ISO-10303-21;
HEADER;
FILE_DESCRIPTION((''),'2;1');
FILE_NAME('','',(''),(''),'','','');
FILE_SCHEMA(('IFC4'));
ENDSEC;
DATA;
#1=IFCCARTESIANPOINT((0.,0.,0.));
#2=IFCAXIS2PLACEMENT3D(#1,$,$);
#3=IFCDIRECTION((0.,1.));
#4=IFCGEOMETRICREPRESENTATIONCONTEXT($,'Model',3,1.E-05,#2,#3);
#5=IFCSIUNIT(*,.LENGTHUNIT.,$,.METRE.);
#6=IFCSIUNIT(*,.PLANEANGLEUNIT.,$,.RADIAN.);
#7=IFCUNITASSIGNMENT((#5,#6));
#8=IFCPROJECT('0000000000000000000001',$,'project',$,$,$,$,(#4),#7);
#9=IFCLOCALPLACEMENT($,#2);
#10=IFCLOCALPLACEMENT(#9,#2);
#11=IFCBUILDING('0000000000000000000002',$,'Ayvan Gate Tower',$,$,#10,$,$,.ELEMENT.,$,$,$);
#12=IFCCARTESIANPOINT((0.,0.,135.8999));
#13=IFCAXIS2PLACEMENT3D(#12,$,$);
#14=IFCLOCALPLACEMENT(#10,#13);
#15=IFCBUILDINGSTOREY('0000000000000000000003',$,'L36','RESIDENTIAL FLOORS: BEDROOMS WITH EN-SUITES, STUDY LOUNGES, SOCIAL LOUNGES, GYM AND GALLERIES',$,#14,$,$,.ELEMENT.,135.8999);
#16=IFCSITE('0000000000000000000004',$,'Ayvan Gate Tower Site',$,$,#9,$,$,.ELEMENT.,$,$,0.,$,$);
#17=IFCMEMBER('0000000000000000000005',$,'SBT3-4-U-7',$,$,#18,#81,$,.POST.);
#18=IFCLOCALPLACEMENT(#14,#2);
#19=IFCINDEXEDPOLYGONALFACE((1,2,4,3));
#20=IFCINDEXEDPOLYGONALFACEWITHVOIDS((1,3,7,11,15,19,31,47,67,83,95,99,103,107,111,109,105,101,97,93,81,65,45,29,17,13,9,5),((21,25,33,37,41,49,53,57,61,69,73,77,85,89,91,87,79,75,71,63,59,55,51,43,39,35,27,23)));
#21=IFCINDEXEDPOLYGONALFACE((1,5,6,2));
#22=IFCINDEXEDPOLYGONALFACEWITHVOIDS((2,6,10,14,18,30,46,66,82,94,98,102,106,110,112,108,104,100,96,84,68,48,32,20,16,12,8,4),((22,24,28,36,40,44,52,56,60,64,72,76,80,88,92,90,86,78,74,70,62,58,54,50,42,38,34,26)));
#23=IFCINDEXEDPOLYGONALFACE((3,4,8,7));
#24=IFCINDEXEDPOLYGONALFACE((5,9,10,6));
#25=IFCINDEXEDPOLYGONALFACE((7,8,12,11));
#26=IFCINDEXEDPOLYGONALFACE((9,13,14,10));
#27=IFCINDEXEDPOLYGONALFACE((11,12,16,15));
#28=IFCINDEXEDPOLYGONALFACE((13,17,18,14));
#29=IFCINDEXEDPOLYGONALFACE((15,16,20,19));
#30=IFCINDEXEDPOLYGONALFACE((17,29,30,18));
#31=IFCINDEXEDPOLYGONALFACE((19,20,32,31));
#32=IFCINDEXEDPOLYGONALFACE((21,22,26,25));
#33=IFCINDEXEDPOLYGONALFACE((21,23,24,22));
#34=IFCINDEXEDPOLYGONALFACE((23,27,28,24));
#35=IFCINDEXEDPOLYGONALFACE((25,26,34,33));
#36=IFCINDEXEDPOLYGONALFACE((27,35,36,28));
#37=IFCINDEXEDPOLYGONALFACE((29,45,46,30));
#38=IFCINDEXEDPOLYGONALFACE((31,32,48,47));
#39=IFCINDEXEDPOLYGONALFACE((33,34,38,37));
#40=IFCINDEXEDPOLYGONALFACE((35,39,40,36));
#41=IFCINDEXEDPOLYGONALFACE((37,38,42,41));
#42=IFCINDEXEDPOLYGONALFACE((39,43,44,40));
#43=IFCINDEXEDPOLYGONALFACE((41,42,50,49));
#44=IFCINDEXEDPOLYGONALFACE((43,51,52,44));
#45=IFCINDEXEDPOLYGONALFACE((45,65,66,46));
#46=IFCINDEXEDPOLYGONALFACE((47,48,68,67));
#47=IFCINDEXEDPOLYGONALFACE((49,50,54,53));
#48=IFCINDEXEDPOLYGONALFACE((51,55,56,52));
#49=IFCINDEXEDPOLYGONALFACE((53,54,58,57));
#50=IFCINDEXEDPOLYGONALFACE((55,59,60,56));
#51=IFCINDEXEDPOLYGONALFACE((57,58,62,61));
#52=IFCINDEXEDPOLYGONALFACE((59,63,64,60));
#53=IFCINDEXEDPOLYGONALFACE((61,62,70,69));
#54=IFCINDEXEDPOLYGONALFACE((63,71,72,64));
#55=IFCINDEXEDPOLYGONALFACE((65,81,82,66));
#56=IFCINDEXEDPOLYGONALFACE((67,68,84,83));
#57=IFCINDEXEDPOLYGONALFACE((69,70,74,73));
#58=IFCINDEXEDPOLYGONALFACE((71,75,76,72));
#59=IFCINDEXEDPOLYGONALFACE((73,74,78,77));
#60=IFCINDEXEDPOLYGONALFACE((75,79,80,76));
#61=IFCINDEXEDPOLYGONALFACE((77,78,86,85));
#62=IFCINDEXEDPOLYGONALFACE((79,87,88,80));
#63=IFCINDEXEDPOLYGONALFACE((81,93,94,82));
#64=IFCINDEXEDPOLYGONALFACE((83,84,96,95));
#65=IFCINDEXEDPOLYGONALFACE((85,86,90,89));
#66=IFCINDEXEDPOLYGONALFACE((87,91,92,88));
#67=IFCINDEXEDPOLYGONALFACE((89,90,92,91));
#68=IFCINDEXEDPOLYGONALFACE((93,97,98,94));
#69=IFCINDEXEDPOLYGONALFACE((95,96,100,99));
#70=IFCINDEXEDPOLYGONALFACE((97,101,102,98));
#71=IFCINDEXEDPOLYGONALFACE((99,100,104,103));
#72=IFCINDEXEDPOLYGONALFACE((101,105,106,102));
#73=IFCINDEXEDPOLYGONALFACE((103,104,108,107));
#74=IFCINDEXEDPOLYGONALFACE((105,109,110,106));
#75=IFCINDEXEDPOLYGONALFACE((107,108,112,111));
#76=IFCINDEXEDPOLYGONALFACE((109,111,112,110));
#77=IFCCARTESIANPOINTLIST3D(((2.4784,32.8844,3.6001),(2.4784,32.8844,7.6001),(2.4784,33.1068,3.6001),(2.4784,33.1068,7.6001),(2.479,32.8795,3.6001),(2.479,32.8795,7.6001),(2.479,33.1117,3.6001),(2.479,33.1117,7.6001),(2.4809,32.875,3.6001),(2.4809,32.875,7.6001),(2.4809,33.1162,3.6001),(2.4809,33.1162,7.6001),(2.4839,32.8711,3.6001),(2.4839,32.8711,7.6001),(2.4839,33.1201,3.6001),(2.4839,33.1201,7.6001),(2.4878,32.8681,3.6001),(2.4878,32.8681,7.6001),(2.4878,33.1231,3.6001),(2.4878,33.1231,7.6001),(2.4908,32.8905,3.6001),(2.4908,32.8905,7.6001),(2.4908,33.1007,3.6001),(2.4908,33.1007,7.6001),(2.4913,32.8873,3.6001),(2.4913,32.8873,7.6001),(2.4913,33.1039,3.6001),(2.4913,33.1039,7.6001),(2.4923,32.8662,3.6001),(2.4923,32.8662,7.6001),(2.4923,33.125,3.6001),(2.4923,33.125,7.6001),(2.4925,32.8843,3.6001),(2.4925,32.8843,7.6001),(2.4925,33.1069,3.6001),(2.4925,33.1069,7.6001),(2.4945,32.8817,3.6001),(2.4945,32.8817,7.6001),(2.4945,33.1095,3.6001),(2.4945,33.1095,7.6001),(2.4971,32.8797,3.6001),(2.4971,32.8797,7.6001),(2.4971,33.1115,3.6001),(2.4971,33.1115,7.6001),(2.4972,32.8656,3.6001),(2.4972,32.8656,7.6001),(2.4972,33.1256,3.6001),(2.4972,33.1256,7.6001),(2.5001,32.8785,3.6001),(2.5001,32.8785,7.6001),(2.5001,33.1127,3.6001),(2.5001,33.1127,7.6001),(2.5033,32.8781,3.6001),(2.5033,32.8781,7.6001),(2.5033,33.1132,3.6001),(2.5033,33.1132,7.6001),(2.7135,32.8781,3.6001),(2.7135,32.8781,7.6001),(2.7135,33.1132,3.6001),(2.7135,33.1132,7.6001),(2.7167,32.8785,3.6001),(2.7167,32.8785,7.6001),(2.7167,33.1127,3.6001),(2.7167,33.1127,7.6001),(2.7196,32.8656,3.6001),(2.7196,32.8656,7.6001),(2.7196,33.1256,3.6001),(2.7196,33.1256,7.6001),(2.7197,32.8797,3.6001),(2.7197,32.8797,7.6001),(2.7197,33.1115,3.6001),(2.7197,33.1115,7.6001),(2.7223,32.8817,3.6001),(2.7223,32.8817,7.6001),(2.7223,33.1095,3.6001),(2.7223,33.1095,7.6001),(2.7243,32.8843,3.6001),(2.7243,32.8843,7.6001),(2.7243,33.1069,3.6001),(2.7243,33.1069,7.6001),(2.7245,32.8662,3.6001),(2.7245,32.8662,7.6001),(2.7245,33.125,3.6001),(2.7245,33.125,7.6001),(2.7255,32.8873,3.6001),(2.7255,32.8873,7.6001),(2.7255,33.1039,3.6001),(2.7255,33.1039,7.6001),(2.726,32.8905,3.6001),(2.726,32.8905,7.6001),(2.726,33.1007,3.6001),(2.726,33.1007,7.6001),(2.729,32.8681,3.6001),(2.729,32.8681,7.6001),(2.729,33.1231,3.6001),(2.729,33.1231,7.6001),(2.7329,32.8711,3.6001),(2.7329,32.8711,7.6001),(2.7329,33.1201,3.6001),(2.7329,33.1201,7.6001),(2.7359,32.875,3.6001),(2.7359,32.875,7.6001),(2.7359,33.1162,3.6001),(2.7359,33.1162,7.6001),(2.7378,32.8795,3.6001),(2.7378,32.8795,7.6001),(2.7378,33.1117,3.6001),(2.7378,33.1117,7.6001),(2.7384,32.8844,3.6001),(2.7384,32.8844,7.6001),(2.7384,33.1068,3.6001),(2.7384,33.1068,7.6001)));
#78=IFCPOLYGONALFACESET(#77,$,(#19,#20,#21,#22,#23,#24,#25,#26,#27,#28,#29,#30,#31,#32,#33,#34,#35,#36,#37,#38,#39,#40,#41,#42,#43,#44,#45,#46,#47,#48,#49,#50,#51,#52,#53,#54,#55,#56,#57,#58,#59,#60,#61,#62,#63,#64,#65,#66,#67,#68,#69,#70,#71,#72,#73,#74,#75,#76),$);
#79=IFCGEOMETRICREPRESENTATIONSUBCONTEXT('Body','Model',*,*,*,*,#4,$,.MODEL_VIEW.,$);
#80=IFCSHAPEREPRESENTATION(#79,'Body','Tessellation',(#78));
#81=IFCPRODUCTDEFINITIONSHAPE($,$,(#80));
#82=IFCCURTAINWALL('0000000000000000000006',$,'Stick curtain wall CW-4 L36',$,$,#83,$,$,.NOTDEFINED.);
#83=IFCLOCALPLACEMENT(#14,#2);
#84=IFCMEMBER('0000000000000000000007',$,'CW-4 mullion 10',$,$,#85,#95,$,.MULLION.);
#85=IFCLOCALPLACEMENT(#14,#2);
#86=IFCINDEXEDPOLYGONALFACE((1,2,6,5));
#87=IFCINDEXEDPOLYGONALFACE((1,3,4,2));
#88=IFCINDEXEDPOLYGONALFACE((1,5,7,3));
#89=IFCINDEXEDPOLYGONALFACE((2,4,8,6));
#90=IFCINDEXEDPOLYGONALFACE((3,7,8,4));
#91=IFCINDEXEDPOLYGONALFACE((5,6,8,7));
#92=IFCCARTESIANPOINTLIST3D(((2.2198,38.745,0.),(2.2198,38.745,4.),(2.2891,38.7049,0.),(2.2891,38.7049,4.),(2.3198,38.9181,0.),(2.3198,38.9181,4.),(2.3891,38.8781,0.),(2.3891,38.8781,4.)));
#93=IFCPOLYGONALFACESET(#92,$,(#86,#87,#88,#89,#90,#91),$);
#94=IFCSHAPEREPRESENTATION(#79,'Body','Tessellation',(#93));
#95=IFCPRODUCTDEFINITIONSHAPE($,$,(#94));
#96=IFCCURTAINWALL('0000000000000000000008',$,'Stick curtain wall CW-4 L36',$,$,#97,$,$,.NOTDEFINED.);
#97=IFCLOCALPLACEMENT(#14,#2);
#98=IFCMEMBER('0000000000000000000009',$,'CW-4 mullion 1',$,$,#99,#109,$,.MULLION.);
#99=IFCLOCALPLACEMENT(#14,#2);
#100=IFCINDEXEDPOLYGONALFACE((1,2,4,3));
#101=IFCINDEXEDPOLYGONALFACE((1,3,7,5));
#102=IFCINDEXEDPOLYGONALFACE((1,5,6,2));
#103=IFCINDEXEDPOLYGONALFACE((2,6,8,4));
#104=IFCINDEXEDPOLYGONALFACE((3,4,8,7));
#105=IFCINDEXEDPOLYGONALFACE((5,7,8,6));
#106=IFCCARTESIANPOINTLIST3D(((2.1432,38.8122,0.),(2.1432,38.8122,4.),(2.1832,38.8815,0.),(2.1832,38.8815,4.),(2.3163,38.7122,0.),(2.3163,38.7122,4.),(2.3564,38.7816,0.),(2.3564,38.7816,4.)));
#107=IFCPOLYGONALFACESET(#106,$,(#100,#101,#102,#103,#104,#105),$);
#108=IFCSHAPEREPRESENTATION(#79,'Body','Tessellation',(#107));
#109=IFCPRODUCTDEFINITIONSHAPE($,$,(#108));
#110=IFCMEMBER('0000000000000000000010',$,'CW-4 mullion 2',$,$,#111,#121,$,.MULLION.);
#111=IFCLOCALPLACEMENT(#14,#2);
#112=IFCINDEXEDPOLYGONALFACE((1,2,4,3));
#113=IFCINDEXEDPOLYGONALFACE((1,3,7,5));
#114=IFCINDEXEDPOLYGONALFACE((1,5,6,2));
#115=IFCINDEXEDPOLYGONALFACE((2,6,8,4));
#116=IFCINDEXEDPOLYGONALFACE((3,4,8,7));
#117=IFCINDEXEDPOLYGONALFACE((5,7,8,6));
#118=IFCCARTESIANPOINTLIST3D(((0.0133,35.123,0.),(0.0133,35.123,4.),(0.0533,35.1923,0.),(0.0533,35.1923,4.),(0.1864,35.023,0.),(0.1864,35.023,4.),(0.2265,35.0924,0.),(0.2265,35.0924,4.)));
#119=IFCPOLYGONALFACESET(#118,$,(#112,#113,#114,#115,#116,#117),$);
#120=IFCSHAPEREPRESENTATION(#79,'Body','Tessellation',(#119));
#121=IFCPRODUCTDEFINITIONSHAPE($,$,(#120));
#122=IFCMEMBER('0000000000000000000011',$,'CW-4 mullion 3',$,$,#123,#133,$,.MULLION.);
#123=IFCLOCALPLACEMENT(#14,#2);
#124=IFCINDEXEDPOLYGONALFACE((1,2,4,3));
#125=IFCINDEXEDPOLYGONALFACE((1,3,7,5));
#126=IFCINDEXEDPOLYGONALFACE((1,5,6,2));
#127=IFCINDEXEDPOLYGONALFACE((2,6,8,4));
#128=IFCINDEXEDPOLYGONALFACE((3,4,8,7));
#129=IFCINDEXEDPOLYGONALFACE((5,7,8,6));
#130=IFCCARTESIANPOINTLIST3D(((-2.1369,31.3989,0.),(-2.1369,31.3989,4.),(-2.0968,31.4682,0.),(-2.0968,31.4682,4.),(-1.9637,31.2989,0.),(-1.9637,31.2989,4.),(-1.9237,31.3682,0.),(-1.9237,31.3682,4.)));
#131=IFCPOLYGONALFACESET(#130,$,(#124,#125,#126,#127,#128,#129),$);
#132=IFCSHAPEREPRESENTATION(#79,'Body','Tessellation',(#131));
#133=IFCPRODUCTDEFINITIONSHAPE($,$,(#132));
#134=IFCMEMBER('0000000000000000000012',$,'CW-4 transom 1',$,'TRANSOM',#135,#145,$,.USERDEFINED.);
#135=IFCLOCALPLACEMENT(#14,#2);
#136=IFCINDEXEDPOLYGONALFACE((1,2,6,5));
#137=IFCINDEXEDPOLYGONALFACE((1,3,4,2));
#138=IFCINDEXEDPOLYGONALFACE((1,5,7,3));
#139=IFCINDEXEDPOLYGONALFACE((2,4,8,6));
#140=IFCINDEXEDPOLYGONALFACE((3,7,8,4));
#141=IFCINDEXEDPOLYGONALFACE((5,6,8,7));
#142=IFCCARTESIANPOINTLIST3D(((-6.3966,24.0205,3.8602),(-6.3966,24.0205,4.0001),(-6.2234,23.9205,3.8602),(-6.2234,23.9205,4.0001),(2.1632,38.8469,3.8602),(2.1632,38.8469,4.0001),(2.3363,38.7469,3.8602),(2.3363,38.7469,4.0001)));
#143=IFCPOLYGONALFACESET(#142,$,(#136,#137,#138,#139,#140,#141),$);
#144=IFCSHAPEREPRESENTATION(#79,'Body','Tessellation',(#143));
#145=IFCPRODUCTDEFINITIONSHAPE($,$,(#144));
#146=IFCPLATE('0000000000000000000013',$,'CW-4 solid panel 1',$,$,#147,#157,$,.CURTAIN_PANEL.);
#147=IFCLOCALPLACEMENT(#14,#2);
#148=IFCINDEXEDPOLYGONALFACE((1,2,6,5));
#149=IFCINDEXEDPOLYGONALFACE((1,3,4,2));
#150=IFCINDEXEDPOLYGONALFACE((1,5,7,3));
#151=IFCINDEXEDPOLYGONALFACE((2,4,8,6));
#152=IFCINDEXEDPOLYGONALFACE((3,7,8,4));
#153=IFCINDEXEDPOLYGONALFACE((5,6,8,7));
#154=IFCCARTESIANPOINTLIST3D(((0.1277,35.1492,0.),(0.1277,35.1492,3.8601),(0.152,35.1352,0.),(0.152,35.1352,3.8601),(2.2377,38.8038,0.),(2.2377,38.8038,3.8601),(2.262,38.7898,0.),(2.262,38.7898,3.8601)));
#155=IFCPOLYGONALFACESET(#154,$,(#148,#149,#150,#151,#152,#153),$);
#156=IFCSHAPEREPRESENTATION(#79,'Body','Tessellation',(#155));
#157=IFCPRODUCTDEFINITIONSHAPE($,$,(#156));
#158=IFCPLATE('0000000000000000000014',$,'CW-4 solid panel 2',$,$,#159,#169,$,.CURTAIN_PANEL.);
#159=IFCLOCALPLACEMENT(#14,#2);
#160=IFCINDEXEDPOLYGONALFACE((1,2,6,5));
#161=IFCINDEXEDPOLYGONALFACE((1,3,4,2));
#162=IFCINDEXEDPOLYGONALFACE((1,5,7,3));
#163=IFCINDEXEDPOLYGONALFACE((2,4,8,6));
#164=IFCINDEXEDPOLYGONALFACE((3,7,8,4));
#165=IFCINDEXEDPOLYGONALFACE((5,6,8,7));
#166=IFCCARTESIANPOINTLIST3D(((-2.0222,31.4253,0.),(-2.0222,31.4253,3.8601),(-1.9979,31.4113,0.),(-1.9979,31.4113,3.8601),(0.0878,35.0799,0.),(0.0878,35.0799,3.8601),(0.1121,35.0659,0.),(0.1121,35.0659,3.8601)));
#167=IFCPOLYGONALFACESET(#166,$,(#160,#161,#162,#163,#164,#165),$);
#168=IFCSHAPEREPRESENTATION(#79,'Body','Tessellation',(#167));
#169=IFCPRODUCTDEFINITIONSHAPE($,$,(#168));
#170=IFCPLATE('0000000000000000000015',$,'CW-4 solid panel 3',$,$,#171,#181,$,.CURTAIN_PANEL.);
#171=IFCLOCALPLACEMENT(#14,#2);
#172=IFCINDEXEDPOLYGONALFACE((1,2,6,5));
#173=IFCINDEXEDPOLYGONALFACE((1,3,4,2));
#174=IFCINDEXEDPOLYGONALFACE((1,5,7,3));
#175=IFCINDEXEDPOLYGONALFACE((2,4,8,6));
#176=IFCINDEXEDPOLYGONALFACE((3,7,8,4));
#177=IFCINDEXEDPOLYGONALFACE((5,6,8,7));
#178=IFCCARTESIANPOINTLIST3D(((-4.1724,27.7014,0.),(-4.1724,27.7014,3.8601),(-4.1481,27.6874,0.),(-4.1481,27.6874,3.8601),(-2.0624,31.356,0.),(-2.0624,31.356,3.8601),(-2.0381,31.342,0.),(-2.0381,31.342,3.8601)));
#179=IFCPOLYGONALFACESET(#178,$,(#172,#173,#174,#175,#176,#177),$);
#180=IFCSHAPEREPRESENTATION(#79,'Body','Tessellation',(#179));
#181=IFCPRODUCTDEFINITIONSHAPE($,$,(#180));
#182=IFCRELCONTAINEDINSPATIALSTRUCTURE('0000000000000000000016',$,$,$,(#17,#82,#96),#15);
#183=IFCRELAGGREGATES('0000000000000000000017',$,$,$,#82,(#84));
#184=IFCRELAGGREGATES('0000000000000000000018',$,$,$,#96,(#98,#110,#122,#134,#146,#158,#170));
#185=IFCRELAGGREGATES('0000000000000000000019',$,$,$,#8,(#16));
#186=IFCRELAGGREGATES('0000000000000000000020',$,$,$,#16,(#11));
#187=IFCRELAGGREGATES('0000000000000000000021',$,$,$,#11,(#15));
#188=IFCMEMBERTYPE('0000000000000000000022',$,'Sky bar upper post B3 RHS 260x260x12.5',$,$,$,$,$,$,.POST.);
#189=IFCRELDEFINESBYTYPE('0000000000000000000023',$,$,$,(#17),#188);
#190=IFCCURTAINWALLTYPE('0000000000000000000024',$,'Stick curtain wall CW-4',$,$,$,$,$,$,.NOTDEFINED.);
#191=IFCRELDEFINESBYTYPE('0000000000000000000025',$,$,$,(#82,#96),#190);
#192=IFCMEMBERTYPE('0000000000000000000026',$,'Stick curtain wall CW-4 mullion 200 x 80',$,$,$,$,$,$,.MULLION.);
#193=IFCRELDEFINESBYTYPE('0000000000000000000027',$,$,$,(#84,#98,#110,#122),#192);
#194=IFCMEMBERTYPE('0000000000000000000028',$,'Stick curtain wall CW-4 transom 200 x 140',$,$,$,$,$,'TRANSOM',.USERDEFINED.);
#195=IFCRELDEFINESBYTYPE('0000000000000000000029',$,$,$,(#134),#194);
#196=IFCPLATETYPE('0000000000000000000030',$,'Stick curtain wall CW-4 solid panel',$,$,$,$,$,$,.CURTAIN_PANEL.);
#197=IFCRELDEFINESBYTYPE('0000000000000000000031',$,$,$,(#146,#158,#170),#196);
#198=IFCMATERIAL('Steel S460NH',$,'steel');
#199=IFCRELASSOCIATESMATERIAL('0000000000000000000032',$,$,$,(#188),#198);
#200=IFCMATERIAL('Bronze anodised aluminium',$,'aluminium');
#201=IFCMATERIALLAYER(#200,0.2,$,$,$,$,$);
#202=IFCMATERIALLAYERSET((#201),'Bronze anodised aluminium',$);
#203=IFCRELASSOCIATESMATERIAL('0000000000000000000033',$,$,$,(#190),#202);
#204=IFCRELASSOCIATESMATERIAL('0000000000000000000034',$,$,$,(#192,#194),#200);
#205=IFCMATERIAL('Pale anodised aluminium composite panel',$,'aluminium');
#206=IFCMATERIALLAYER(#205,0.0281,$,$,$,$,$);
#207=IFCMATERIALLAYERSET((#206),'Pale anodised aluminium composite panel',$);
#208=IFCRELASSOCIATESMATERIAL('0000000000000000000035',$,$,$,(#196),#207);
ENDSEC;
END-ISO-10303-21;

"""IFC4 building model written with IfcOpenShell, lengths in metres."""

from ifc_helpers import new_model, si_unit, direction, frame, origin, origin_2d, place, context, subcontext, project, spatial, rectangle, hollow_rectangle, extrude, material, layer, layer_set, material_profile, profile_set, type_object, element, aggregate, save


model = new_model("IFC4")

# Units and contexts
model_context = context("Model", 3, precision=1e-05, world=origin(), true_north=direction((0.0, 1.0)))
body_context = subcontext(model_context, "Body", "Model", "MODEL_VIEW")
ifc_project = project(units=[si_unit("LENGTHUNIT", "METRE"), si_unit("PLANEANGLEUNIT", "RADIAN")], contexts=[model_context])

# Site, building, storey
site_placement = place(None, origin())
site = spatial("IfcSite", under=ifc_project, at=site_placement, Name="Ayvan Gate Tower Site", CompositionType="ELEMENT", RefElevation=0.0)
building_placement = place(site_placement, origin())
building = spatial("IfcBuilding", under=site, at=building_placement, Name="Ayvan Gate Tower", CompositionType="ELEMENT")
storey_placement = place(building_placement, frame((0.0, 0.0, 135.8999)))
storey = spatial("IfcBuildingStorey", under=building, at=storey_placement, Name="L36", Description="RESIDENTIAL FLOORS: BEDROOMS WITH EN-SUITES, STUDY LOUNGES, SOCIAL LOUNGES, GYM AND GALLERIES", CompositionType="ELEMENT", Elevation=135.8999)

# Shared definitions
ifc_material_1 = material(Name="Steel S460NH", Category="steel")

# Member
ifc_material_profile_1 = material_profile(ifc_material_1, hollow_rectangle(XDim=0.26, YDim=0.26, WallThickness=0.0125, InnerFilletRadius=0.0125, OuterFilletRadius=0.0188, at=origin_2d()), Name="RHS 260x260x12.5")
ifc_profile_set_1 = profile_set([ifc_material_profile_1], Name="Steel S460NH")
member_type_1 = type_object("IfcMemberType", Name="Sky bar upper post B3 RHS 260x260x12.5", PredefinedType="POST", material=ifc_profile_set_1)
for number, where, z_axis, x_axis, name in (
    (1, (2.6084, 32.9956, 3.6001), (0.0, 0.0, 1.0), (1.0, 0.0, 0.0), "SBT3-4-U-7"),
):
    element("IfcMember", number, at=place(storey_placement, frame(where, z_axis=z_axis, x_axis=x_axis)), inside=storey, type_object=member_type_1, Name=name, PredefinedType="POST", context=body_context, shape_type="SweptSolid", body=[
        extrude(hollow_rectangle(XDim=0.26, YDim=0.26, WallThickness=0.0125, InnerFilletRadius=0.0125, OuterFilletRadius=0.0188, at=origin_2d()), origin(), (0.0, 0.0, 1.0), 4.0),
    ])

# Curtain wall, member
ifc_material_2 = material(Name="Bronze anodised aluminium", Category="aluminium")
ifc_layer_1 = layer(ifc_material_2, 0.2)
ifc_layer_set_1 = layer_set([ifc_layer_1], Name="Bronze anodised aluminium")
curtain_wall_type = type_object("IfcCurtainWallType", Name="Stick curtain wall CW-4", PredefinedType="NOTDEFINED", material=ifc_layer_set_1)
curtain_wall_1_placement = place(storey_placement, origin())
curtain_wall_1 = element("IfcCurtainWall", 2, at=curtain_wall_1_placement, inside=storey, type_object=curtain_wall_type, Name="Stick curtain wall CW-4 L36", PredefinedType="NOTDEFINED")
ifc_material_profile_2 = material_profile(ifc_material_2, rectangle(XDim=0.2, YDim=0.0801, at=origin_2d()), Name="Stick curtain wall CW-4 mullion 200 x 80")
ifc_profile_set_2 = profile_set([ifc_material_profile_2], Name="Bronze anodised aluminium")
member_type_2 = type_object("IfcMemberType", Name="Stick curtain wall CW-4 mullion 200 x 80", PredefinedType="MULLION", material=ifc_profile_set_2)
member_1_placement = place(storey_placement, frame((2.3044, 38.8115, 0.0), z_axis=(0.0, 0.0, 1.0), x_axis=(0.5, 0.866025, 0.0)))
member_1 = element("IfcMember", 3, at=member_1_placement, type_object=member_type_2, Name="CW-4 mullion 10", PredefinedType="MULLION", context=body_context, shape_type="SweptSolid", body=[
    extrude(rectangle(XDim=0.2, YDim=0.0801, at=origin_2d()), origin(), (0.0, 0.0, 1.0), 4.0),
])
aggregate(curtain_wall_1, [member_1])

# Curtain wall, members, plates
curtain_wall_2_placement = place(storey_placement, origin())
curtain_wall_2 = element("IfcCurtainWall", 4, at=curtain_wall_2_placement, inside=storey, type_object=curtain_wall_type, Name="Stick curtain wall CW-4 L36", PredefinedType="NOTDEFINED")
member_2_placement = place(storey_placement, frame((2.2498, 38.7969, 0.0), z_axis=(0.0, 0.0, 1.0), x_axis=(-0.866025, 0.5, 0.0)))
member_2 = element("IfcMember", 5, at=member_2_placement, type_object=member_type_2, Name="CW-4 mullion 1", PredefinedType="MULLION", context=body_context, shape_type="SweptSolid", body=[
    extrude(rectangle(XDim=0.2, YDim=0.0801, at=origin_2d()), origin(), (0.0, 0.0, 1.0), 4.0),
])
member_3_placement = place(storey_placement, frame((0.1199, 35.1077, 0.0), z_axis=(0.0, 0.0, 1.0), x_axis=(-0.866025, 0.5, 0.0)))
member_3 = element("IfcMember", 6, at=member_3_placement, type_object=member_type_2, Name="CW-4 mullion 2", PredefinedType="MULLION", context=body_context, shape_type="SweptSolid", body=[
    extrude(rectangle(XDim=0.2, YDim=0.0801, at=origin_2d()), origin(), (0.0, 0.0, 1.0), 4.0),
])
member_4_placement = place(storey_placement, frame((-2.0303, 31.3835, 0.0), z_axis=(0.0, 0.0, 1.0), x_axis=(-0.866025, 0.5, 0.0)))
member_4 = element("IfcMember", 7, at=member_4_placement, type_object=member_type_2, Name="CW-4 mullion 3", PredefinedType="MULLION", context=body_context, shape_type="SweptSolid", body=[
    extrude(rectangle(XDim=0.2, YDim=0.0801, at=origin_2d()), origin(), (0.0, 0.0, 1.0), 4.0),
])
ifc_material_profile_3 = material_profile(ifc_material_2, rectangle(XDim=0.2, YDim=0.1399, at=origin_2d()), Name="Stick curtain wall CW-4 transom 200 x 140")
ifc_profile_set_3 = profile_set([ifc_material_profile_3], Name="Bronze anodised aluminium")
member_type_3 = type_object("IfcMemberType", Name="Stick curtain wall CW-4 transom 200 x 140", ElementType="TRANSOM", PredefinedType="USERDEFINED", material=ifc_profile_set_3)
member_5_placement = place(storey_placement, frame((2.2498, 38.7969, 3.9302), z_axis=(-0.49999, -0.866031, 0.0), x_axis=(0.866031, -0.49999, 0.0)))
member_5 = element("IfcMember", 8, at=member_5_placement, type_object=member_type_3, Name="CW-4 transom 1", ObjectType="TRANSOM", PredefinedType="USERDEFINED", context=body_context, shape_type="SweptSolid", body=[
    extrude(rectangle(XDim=0.2, YDim=0.1399, at=origin_2d()), origin(), (0.0, 0.0, 1.0), 17.1199),
])
ifc_material_3 = material(Name="Pale anodised aluminium composite panel", Category="aluminium")
ifc_layer_2 = layer(ifc_material_3, 0.0281)
ifc_layer_set_2 = layer_set([ifc_layer_2], Name="Pale anodised aluminium composite panel")
plate_type = type_object("IfcPlateType", Name="Stick curtain wall CW-4 solid panel", PredefinedType="CURTAIN_PANEL", material=ifc_layer_set_2)
plate_1_placement = place(storey_placement, frame((1.1948, 36.9695, 0.0), z_axis=(0.0, 0.0, 1.0), x_axis=(-0.5, -0.866025, 0.0)))
plate_1 = element("IfcPlate", 9, at=plate_1_placement, type_object=plate_type, Name="CW-4 solid panel 1", PredefinedType="CURTAIN_PANEL", context=body_context, shape_type="SweptSolid", body=[
    extrude(rectangle(XDim=4.22, YDim=0.0281, at=origin_2d()), origin(), (0.0, 0.0, 1.0), 3.8601),
])
plate_2_placement = place(storey_placement, frame((-0.9551, 33.2456, 0.0), z_axis=(0.0, 0.0, 1.0), x_axis=(-0.5, -0.866025, 0.0)))
plate_2 = element("IfcPlate", 10, at=plate_2_placement, type_object=plate_type, Name="CW-4 solid panel 2", PredefinedType="CURTAIN_PANEL", context=body_context, shape_type="SweptSolid", body=[
    extrude(rectangle(XDim=4.22, YDim=0.0281, at=origin_2d()), origin(), (0.0, 0.0, 1.0), 3.8601),
])
plate_3_placement = place(storey_placement, frame((-3.1052, 29.5217, 0.0), z_axis=(0.0, 0.0, 1.0), x_axis=(-0.5, -0.866025, 0.0)))
plate_3 = element("IfcPlate", 11, at=plate_3_placement, type_object=plate_type, Name="CW-4 solid panel 3", PredefinedType="CURTAIN_PANEL", context=body_context, shape_type="SweptSolid", body=[
    extrude(rectangle(XDim=4.22, YDim=0.0281, at=origin_2d()), origin(), (0.0, 0.0, 1.0), 3.8601),
])
aggregate(curtain_wall_2, [member_2, member_3, member_4, member_5, plate_1, plate_2, plate_3])

save(model, "model.ifc")
